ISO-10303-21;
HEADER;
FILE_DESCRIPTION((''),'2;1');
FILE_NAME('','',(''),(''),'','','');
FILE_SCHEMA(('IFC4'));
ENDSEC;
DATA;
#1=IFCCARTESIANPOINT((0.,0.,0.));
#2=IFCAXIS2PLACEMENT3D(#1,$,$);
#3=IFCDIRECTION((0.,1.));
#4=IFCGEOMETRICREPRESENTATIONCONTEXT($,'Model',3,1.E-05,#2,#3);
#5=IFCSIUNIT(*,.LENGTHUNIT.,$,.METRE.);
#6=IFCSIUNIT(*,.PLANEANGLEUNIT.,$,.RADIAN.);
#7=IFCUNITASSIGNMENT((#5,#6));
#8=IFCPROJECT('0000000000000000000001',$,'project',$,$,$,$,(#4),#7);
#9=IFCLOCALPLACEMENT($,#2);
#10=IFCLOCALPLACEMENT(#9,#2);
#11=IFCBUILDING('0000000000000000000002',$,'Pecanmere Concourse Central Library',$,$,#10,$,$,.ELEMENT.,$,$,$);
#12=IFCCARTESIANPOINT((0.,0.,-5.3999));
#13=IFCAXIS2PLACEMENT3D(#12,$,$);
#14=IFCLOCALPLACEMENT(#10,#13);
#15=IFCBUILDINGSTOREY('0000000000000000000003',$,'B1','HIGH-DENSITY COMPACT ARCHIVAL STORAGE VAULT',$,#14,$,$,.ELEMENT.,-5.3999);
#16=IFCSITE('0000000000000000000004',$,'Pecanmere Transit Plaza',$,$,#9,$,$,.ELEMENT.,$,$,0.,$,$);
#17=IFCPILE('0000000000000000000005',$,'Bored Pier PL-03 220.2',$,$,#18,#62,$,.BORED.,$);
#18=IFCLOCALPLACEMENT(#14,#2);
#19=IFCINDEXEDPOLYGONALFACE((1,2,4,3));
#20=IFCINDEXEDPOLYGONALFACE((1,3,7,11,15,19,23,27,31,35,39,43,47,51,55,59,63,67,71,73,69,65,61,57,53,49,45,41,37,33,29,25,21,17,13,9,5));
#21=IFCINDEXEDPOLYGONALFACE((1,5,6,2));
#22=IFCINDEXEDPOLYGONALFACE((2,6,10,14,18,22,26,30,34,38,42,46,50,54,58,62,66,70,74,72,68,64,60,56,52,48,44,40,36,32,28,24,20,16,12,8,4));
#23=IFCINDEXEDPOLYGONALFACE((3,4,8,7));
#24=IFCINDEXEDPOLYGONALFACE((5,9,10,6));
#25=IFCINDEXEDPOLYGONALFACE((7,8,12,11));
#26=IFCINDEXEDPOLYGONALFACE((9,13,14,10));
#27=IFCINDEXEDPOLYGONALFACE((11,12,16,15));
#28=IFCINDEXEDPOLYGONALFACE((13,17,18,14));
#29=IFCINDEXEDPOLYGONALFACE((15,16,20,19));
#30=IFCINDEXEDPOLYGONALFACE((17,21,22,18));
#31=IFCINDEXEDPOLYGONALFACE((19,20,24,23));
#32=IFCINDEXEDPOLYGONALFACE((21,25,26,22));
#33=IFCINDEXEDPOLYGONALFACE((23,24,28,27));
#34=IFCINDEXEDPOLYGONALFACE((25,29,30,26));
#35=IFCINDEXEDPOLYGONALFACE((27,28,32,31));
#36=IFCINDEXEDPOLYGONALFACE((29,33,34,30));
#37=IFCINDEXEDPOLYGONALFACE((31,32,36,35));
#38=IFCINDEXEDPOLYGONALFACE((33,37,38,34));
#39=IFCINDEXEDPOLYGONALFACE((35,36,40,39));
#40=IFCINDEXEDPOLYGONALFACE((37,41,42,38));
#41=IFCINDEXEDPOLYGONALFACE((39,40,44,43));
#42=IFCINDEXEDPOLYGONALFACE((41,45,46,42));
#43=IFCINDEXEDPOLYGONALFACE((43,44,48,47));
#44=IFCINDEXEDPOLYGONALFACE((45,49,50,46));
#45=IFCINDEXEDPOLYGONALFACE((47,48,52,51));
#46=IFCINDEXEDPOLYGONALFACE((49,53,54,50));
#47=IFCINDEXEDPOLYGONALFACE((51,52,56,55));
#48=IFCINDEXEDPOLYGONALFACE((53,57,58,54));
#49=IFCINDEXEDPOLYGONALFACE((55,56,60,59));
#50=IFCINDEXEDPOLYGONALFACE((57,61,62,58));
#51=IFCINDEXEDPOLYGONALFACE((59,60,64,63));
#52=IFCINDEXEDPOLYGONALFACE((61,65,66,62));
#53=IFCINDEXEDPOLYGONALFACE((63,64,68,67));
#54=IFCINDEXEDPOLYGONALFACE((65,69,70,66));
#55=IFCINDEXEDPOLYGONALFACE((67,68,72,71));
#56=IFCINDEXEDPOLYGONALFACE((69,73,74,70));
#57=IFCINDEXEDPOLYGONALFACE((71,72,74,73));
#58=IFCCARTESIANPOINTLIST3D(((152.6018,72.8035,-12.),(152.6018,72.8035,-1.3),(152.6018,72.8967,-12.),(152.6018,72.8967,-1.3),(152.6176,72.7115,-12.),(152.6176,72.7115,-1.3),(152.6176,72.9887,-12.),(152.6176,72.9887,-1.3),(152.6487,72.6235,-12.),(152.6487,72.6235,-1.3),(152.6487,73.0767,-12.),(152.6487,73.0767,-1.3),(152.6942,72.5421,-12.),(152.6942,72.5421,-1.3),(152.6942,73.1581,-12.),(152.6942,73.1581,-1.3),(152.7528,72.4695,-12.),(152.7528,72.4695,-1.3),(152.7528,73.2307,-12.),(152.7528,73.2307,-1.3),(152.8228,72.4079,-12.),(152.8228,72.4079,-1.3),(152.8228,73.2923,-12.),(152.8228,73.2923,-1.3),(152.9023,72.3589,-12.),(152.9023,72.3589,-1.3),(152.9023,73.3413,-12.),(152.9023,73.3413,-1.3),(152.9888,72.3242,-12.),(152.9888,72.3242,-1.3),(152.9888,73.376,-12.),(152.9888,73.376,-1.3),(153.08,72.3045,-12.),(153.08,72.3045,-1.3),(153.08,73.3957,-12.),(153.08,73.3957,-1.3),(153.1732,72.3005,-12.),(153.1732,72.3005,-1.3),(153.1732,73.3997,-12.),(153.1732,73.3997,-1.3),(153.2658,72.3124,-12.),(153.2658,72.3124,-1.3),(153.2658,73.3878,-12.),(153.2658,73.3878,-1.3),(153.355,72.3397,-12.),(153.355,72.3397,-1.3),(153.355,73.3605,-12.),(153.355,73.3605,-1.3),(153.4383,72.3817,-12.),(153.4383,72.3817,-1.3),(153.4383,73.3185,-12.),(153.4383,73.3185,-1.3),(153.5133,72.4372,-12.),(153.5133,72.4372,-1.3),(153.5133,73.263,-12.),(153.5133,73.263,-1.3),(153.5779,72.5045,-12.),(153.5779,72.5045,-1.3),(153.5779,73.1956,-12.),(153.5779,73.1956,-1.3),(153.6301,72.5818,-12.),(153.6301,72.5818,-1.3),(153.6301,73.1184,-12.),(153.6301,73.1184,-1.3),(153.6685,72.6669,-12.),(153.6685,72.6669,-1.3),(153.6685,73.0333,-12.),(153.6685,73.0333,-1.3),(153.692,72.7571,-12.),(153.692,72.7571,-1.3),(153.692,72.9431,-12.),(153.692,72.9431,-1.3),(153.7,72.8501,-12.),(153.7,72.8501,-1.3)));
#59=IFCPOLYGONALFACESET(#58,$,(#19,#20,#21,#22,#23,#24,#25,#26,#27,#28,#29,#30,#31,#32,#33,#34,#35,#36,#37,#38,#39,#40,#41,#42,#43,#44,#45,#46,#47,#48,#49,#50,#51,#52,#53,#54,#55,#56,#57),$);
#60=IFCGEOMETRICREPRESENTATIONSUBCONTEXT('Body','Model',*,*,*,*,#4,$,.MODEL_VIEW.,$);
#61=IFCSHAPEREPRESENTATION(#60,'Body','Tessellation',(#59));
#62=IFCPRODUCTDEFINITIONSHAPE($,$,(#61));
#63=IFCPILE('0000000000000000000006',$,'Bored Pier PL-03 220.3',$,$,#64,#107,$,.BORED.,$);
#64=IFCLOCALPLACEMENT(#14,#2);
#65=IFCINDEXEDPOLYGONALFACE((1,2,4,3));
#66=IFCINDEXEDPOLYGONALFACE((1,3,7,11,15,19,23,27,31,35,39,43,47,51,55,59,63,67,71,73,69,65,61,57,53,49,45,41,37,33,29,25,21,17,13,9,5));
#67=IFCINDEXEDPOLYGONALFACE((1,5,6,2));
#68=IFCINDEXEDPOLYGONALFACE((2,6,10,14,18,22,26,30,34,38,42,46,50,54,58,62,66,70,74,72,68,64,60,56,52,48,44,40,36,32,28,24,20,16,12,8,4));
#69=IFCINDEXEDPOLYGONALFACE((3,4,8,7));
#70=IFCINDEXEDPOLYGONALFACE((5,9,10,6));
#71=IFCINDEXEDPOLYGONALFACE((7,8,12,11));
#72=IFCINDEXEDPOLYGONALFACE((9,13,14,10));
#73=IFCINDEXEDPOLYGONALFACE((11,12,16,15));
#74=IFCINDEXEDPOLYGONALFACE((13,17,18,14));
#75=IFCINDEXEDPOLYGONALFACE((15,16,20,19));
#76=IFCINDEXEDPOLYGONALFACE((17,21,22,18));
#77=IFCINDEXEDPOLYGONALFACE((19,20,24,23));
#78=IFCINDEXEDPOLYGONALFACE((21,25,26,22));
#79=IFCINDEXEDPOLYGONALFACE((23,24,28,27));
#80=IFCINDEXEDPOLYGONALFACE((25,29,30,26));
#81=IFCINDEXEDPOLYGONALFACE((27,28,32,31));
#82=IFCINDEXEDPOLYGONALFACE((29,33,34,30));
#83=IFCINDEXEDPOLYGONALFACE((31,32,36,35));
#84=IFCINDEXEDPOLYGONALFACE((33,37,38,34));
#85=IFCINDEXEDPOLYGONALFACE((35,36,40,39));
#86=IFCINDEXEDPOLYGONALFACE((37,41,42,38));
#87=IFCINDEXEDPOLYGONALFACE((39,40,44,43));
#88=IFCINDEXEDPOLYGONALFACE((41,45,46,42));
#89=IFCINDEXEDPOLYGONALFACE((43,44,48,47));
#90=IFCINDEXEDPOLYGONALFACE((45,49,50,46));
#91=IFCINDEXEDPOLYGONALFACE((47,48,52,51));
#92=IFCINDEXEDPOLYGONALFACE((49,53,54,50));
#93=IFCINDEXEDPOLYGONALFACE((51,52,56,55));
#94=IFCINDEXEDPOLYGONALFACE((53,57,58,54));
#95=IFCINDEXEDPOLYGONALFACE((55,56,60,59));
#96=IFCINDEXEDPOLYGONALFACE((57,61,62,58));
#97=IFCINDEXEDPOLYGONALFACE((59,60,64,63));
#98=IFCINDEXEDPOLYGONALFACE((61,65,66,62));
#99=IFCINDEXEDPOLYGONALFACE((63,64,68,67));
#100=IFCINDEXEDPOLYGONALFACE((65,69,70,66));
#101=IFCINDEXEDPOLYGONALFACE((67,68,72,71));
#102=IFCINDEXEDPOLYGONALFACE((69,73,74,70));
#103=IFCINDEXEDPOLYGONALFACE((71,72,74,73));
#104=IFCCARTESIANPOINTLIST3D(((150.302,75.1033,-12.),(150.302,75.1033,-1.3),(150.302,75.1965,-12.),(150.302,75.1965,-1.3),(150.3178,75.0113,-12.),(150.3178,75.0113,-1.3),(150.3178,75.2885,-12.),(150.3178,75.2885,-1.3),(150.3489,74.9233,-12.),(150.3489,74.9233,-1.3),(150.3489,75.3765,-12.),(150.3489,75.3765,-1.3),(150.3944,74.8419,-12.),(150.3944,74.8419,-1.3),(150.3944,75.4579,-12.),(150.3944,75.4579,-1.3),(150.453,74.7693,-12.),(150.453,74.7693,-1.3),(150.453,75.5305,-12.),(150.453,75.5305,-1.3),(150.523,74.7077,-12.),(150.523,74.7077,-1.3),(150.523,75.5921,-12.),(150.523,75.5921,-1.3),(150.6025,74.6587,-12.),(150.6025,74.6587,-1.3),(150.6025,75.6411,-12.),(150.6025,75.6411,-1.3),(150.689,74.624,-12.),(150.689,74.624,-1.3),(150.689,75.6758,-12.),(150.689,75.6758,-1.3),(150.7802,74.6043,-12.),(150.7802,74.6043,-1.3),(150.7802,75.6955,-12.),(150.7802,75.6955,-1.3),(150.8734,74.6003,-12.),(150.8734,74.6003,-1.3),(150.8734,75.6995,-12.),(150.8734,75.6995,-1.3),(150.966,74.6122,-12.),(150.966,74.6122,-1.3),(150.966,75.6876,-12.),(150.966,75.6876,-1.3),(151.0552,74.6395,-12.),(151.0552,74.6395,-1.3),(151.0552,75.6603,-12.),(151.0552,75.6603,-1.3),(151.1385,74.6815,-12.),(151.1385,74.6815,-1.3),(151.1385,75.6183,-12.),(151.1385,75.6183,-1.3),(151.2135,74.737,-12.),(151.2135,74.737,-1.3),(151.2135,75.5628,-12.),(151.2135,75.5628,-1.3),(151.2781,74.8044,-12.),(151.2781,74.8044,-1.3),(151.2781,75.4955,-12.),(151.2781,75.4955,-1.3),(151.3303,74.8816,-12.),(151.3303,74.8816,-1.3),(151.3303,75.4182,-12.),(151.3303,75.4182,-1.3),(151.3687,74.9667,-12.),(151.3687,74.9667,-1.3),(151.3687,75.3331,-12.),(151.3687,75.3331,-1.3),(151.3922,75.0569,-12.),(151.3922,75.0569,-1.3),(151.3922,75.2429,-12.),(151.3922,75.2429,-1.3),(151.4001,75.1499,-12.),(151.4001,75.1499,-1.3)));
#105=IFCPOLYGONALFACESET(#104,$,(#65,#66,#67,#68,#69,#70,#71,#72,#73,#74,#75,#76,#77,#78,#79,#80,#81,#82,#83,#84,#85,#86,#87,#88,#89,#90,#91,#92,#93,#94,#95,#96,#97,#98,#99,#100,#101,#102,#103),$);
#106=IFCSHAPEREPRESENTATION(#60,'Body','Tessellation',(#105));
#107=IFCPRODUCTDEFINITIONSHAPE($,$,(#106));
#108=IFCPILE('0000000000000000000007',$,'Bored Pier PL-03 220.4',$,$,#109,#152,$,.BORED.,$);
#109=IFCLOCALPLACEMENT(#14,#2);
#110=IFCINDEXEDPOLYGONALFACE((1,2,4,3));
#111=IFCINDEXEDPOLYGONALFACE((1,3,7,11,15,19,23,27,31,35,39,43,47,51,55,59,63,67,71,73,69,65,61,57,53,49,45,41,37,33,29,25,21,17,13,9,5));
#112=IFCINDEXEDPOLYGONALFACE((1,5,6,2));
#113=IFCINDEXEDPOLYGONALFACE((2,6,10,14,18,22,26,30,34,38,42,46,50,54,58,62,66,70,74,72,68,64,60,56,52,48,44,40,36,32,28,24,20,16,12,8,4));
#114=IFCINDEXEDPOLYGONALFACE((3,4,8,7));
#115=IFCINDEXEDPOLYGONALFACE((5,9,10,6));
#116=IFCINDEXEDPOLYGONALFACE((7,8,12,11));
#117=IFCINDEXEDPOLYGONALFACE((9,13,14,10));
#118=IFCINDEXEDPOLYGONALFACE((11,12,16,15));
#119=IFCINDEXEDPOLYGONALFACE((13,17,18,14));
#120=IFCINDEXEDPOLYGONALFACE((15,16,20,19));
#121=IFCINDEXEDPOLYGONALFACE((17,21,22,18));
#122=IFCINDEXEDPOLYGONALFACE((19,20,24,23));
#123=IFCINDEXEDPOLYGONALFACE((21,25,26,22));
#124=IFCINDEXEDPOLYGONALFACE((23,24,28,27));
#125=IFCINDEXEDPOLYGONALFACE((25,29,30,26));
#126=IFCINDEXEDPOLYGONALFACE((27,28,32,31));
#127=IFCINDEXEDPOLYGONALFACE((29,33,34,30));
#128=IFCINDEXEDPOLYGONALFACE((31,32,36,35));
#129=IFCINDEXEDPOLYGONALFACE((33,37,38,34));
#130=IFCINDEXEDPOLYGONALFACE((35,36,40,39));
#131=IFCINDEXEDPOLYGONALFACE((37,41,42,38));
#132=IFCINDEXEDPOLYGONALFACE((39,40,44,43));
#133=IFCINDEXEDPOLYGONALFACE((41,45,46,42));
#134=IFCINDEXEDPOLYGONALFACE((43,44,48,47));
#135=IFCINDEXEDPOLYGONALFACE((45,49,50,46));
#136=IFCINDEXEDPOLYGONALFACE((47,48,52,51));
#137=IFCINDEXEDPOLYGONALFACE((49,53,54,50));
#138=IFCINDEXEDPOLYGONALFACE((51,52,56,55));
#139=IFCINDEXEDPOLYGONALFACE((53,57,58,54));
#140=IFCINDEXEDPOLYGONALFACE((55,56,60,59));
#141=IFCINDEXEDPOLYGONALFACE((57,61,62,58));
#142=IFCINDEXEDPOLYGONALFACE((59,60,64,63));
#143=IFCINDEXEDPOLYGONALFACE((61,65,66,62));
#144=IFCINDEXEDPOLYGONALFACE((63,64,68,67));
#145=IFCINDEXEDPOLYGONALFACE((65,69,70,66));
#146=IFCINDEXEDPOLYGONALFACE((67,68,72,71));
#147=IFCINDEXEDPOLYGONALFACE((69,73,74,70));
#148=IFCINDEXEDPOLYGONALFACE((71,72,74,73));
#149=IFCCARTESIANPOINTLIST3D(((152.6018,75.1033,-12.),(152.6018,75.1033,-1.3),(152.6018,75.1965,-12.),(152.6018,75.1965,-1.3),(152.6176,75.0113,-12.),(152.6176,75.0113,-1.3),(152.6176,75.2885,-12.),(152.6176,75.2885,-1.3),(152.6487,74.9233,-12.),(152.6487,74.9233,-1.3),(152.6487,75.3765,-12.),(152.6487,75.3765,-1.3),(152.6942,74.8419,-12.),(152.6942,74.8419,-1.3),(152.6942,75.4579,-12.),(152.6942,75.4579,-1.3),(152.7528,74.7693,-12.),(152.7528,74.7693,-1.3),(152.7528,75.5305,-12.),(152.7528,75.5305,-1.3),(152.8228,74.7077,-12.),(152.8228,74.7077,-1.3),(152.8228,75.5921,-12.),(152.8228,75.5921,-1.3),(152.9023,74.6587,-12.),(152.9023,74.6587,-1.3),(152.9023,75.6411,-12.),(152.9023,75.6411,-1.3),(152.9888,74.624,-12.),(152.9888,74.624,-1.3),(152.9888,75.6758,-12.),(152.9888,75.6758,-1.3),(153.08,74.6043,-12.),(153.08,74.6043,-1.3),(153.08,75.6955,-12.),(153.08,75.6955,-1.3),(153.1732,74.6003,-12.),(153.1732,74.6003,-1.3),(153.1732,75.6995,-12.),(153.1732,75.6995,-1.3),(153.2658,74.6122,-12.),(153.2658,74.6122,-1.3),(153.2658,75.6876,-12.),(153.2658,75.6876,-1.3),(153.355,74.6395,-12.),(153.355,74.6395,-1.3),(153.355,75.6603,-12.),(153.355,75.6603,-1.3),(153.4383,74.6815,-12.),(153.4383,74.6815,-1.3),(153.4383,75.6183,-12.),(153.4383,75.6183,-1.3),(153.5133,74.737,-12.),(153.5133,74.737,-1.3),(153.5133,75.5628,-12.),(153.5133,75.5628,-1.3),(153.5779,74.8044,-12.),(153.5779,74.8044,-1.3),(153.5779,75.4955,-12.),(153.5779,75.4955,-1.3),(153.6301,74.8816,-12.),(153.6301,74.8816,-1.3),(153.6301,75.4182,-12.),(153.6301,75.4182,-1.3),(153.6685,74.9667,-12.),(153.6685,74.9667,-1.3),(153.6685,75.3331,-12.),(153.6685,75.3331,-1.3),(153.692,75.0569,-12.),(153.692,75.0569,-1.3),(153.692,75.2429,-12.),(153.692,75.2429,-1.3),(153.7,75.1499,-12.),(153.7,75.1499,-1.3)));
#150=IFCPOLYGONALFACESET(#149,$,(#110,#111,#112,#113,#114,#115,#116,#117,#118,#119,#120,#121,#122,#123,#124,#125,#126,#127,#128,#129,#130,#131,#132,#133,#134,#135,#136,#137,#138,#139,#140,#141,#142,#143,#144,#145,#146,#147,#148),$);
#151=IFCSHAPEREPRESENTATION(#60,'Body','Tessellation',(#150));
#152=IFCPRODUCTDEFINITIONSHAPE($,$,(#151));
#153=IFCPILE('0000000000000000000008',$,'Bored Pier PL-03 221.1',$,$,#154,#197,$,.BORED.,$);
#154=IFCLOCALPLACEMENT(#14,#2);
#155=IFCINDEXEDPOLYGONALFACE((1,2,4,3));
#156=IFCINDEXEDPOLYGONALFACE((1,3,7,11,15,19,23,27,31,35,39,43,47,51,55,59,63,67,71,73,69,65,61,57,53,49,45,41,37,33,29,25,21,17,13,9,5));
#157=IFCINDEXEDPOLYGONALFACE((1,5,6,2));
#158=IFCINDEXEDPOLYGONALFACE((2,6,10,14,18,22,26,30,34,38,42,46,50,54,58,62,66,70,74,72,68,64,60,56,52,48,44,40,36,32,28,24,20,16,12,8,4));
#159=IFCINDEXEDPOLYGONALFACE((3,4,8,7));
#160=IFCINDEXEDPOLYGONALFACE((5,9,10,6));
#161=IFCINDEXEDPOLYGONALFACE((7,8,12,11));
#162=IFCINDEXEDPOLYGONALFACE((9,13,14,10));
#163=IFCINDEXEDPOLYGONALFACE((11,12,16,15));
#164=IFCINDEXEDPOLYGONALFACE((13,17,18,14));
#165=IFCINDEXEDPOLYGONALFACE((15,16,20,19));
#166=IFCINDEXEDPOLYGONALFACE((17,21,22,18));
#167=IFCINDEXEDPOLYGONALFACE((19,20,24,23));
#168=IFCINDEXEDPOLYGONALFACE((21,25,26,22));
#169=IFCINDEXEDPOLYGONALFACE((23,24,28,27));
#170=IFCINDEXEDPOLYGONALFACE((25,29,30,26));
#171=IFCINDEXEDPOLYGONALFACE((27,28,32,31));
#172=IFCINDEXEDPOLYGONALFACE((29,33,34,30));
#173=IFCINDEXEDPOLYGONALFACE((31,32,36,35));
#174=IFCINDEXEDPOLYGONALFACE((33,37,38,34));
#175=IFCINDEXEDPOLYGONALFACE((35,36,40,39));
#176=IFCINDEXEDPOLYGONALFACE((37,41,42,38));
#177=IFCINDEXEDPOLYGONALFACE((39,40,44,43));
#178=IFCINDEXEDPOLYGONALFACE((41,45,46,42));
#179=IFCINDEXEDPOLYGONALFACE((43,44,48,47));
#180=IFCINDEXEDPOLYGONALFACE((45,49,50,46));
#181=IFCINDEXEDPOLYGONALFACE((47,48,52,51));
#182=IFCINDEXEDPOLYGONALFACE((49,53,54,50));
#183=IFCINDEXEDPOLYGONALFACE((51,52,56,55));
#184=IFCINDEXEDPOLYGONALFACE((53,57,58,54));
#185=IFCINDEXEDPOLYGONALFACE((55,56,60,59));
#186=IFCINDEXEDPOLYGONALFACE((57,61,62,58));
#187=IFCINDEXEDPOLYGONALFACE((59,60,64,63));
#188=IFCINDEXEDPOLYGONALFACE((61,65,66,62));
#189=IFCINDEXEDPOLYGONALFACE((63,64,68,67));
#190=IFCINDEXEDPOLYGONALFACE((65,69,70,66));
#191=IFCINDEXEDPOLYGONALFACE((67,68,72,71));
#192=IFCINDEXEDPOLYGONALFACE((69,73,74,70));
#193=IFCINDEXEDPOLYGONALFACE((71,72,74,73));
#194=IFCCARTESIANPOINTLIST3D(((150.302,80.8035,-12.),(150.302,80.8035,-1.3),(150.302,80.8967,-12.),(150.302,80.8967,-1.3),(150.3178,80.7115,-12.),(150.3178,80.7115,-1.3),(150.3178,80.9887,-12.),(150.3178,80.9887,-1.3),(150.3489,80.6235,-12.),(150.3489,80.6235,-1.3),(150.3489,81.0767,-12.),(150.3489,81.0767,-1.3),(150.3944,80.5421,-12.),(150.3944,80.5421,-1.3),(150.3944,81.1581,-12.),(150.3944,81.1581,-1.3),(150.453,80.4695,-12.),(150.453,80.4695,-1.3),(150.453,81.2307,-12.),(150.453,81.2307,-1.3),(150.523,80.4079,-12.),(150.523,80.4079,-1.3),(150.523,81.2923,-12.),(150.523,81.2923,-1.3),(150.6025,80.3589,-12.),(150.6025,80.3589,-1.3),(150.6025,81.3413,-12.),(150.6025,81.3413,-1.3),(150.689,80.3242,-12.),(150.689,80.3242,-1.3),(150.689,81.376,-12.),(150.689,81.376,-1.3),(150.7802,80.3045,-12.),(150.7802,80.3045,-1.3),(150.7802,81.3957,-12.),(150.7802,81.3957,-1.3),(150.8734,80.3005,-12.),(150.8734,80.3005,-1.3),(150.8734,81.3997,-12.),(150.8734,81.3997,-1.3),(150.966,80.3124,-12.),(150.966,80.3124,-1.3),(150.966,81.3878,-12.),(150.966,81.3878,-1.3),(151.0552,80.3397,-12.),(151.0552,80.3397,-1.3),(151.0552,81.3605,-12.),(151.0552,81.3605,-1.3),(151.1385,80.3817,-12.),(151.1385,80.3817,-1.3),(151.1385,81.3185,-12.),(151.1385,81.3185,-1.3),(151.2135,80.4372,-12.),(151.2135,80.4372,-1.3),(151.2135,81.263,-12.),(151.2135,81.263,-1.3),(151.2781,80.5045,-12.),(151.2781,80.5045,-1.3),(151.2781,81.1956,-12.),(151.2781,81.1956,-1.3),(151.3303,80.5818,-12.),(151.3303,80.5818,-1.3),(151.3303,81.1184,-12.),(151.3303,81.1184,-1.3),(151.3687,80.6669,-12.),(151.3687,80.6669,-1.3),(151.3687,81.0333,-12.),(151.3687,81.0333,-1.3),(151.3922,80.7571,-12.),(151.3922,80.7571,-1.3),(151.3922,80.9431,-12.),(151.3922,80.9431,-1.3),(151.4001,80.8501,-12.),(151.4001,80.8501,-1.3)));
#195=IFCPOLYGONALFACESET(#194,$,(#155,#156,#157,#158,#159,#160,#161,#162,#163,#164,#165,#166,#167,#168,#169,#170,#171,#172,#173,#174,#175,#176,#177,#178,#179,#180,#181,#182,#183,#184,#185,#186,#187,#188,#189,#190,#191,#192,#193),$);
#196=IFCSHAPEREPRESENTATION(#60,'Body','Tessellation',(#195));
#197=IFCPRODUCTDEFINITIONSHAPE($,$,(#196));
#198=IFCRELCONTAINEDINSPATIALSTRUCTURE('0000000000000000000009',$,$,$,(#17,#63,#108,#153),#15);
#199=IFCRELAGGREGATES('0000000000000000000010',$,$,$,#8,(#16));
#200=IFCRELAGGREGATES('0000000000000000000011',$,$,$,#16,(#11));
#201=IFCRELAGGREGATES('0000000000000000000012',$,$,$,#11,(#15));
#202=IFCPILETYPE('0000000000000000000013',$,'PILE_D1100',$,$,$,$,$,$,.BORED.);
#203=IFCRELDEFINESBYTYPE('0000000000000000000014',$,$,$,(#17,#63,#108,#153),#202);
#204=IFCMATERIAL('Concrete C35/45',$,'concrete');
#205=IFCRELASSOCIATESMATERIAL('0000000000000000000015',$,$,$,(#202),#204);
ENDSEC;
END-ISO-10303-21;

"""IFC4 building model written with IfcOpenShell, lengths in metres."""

from ifc_helpers import new_model, si_unit, direction, frame, origin, origin_2d, place, context, subcontext, project, spatial, circle, extrude, material, material_profile, profile_set, type_object, element, save


model = new_model("IFC4")

# Units and contexts
model_context = context("Model", 3, precision=1e-05, world=origin(), true_north=direction((0.0, 1.0)))
body_context = subcontext(model_context, "Body", "Model", "MODEL_VIEW")
ifc_project = project(units=[si_unit("LENGTHUNIT", "METRE"), si_unit("PLANEANGLEUNIT", "RADIAN")], contexts=[model_context])

# Site, building, storey
site_placement = place(None, origin())
site = spatial("IfcSite", under=ifc_project, at=site_placement, Name="Pecanmere Transit Plaza", CompositionType="ELEMENT", RefElevation=0.0)
building_placement = place(site_placement, origin())
building = spatial("IfcBuilding", under=site, at=building_placement, Name="Pecanmere Concourse Central Library", CompositionType="ELEMENT")
storey_placement = place(building_placement, frame((0.0, 0.0, -5.3999)))
storey = spatial("IfcBuildingStorey", under=building, at=storey_placement, Name="B1", Description="HIGH-DENSITY COMPACT ARCHIVAL STORAGE VAULT", CompositionType="ELEMENT", Elevation=-5.3999)

# Piles
ifc_material_1 = material(Name="Concrete C35/45", Category="concrete")
ifc_material_profile_1 = material_profile(ifc_material_1, circle(Radius=0.55, at=origin_2d()), Name="PIER D1100")
ifc_profile_set_1 = profile_set([ifc_material_profile_1], Name="Concrete C35/45")
pile_type = type_object("IfcPileType", Name="PILE_D1100", PredefinedType="BORED", material=ifc_profile_set_1)
for number, where, z_axis, x_axis, name in (
    (1, (153.1499, 72.8501, -1.3), (0.0, 0.0, -1.0), (1.0, 0.0, 0.0), "Bored Pier PL-03 220.2"),
    (2, (150.8501, 75.1499, -1.3), (0.0, 0.0, -1.0), (1.0, 0.0, 0.0), "Bored Pier PL-03 220.3"),
    (3, (153.1499, 75.1499, -1.3), (0.0, 0.0, -1.0), (1.0, 0.0, 0.0), "Bored Pier PL-03 220.4"),
    (4, (150.8501, 80.8501, -1.3), (0.0, 0.0, -1.0), (1.0, 0.0, 0.0), "Bored Pier PL-03 221.1"),
):
    element("IfcPile", number, at=place(storey_placement, frame(where, z_axis=z_axis, x_axis=x_axis)), inside=storey, type_object=pile_type, Name=name, PredefinedType="BORED", context=body_context, shape_type="SweptSolid", body=[
        extrude(circle(Radius=0.55, at=origin_2d()), origin(), (0.0, 0.0, 1.0), 10.7),
    ])

save(model, "model.ifc")
